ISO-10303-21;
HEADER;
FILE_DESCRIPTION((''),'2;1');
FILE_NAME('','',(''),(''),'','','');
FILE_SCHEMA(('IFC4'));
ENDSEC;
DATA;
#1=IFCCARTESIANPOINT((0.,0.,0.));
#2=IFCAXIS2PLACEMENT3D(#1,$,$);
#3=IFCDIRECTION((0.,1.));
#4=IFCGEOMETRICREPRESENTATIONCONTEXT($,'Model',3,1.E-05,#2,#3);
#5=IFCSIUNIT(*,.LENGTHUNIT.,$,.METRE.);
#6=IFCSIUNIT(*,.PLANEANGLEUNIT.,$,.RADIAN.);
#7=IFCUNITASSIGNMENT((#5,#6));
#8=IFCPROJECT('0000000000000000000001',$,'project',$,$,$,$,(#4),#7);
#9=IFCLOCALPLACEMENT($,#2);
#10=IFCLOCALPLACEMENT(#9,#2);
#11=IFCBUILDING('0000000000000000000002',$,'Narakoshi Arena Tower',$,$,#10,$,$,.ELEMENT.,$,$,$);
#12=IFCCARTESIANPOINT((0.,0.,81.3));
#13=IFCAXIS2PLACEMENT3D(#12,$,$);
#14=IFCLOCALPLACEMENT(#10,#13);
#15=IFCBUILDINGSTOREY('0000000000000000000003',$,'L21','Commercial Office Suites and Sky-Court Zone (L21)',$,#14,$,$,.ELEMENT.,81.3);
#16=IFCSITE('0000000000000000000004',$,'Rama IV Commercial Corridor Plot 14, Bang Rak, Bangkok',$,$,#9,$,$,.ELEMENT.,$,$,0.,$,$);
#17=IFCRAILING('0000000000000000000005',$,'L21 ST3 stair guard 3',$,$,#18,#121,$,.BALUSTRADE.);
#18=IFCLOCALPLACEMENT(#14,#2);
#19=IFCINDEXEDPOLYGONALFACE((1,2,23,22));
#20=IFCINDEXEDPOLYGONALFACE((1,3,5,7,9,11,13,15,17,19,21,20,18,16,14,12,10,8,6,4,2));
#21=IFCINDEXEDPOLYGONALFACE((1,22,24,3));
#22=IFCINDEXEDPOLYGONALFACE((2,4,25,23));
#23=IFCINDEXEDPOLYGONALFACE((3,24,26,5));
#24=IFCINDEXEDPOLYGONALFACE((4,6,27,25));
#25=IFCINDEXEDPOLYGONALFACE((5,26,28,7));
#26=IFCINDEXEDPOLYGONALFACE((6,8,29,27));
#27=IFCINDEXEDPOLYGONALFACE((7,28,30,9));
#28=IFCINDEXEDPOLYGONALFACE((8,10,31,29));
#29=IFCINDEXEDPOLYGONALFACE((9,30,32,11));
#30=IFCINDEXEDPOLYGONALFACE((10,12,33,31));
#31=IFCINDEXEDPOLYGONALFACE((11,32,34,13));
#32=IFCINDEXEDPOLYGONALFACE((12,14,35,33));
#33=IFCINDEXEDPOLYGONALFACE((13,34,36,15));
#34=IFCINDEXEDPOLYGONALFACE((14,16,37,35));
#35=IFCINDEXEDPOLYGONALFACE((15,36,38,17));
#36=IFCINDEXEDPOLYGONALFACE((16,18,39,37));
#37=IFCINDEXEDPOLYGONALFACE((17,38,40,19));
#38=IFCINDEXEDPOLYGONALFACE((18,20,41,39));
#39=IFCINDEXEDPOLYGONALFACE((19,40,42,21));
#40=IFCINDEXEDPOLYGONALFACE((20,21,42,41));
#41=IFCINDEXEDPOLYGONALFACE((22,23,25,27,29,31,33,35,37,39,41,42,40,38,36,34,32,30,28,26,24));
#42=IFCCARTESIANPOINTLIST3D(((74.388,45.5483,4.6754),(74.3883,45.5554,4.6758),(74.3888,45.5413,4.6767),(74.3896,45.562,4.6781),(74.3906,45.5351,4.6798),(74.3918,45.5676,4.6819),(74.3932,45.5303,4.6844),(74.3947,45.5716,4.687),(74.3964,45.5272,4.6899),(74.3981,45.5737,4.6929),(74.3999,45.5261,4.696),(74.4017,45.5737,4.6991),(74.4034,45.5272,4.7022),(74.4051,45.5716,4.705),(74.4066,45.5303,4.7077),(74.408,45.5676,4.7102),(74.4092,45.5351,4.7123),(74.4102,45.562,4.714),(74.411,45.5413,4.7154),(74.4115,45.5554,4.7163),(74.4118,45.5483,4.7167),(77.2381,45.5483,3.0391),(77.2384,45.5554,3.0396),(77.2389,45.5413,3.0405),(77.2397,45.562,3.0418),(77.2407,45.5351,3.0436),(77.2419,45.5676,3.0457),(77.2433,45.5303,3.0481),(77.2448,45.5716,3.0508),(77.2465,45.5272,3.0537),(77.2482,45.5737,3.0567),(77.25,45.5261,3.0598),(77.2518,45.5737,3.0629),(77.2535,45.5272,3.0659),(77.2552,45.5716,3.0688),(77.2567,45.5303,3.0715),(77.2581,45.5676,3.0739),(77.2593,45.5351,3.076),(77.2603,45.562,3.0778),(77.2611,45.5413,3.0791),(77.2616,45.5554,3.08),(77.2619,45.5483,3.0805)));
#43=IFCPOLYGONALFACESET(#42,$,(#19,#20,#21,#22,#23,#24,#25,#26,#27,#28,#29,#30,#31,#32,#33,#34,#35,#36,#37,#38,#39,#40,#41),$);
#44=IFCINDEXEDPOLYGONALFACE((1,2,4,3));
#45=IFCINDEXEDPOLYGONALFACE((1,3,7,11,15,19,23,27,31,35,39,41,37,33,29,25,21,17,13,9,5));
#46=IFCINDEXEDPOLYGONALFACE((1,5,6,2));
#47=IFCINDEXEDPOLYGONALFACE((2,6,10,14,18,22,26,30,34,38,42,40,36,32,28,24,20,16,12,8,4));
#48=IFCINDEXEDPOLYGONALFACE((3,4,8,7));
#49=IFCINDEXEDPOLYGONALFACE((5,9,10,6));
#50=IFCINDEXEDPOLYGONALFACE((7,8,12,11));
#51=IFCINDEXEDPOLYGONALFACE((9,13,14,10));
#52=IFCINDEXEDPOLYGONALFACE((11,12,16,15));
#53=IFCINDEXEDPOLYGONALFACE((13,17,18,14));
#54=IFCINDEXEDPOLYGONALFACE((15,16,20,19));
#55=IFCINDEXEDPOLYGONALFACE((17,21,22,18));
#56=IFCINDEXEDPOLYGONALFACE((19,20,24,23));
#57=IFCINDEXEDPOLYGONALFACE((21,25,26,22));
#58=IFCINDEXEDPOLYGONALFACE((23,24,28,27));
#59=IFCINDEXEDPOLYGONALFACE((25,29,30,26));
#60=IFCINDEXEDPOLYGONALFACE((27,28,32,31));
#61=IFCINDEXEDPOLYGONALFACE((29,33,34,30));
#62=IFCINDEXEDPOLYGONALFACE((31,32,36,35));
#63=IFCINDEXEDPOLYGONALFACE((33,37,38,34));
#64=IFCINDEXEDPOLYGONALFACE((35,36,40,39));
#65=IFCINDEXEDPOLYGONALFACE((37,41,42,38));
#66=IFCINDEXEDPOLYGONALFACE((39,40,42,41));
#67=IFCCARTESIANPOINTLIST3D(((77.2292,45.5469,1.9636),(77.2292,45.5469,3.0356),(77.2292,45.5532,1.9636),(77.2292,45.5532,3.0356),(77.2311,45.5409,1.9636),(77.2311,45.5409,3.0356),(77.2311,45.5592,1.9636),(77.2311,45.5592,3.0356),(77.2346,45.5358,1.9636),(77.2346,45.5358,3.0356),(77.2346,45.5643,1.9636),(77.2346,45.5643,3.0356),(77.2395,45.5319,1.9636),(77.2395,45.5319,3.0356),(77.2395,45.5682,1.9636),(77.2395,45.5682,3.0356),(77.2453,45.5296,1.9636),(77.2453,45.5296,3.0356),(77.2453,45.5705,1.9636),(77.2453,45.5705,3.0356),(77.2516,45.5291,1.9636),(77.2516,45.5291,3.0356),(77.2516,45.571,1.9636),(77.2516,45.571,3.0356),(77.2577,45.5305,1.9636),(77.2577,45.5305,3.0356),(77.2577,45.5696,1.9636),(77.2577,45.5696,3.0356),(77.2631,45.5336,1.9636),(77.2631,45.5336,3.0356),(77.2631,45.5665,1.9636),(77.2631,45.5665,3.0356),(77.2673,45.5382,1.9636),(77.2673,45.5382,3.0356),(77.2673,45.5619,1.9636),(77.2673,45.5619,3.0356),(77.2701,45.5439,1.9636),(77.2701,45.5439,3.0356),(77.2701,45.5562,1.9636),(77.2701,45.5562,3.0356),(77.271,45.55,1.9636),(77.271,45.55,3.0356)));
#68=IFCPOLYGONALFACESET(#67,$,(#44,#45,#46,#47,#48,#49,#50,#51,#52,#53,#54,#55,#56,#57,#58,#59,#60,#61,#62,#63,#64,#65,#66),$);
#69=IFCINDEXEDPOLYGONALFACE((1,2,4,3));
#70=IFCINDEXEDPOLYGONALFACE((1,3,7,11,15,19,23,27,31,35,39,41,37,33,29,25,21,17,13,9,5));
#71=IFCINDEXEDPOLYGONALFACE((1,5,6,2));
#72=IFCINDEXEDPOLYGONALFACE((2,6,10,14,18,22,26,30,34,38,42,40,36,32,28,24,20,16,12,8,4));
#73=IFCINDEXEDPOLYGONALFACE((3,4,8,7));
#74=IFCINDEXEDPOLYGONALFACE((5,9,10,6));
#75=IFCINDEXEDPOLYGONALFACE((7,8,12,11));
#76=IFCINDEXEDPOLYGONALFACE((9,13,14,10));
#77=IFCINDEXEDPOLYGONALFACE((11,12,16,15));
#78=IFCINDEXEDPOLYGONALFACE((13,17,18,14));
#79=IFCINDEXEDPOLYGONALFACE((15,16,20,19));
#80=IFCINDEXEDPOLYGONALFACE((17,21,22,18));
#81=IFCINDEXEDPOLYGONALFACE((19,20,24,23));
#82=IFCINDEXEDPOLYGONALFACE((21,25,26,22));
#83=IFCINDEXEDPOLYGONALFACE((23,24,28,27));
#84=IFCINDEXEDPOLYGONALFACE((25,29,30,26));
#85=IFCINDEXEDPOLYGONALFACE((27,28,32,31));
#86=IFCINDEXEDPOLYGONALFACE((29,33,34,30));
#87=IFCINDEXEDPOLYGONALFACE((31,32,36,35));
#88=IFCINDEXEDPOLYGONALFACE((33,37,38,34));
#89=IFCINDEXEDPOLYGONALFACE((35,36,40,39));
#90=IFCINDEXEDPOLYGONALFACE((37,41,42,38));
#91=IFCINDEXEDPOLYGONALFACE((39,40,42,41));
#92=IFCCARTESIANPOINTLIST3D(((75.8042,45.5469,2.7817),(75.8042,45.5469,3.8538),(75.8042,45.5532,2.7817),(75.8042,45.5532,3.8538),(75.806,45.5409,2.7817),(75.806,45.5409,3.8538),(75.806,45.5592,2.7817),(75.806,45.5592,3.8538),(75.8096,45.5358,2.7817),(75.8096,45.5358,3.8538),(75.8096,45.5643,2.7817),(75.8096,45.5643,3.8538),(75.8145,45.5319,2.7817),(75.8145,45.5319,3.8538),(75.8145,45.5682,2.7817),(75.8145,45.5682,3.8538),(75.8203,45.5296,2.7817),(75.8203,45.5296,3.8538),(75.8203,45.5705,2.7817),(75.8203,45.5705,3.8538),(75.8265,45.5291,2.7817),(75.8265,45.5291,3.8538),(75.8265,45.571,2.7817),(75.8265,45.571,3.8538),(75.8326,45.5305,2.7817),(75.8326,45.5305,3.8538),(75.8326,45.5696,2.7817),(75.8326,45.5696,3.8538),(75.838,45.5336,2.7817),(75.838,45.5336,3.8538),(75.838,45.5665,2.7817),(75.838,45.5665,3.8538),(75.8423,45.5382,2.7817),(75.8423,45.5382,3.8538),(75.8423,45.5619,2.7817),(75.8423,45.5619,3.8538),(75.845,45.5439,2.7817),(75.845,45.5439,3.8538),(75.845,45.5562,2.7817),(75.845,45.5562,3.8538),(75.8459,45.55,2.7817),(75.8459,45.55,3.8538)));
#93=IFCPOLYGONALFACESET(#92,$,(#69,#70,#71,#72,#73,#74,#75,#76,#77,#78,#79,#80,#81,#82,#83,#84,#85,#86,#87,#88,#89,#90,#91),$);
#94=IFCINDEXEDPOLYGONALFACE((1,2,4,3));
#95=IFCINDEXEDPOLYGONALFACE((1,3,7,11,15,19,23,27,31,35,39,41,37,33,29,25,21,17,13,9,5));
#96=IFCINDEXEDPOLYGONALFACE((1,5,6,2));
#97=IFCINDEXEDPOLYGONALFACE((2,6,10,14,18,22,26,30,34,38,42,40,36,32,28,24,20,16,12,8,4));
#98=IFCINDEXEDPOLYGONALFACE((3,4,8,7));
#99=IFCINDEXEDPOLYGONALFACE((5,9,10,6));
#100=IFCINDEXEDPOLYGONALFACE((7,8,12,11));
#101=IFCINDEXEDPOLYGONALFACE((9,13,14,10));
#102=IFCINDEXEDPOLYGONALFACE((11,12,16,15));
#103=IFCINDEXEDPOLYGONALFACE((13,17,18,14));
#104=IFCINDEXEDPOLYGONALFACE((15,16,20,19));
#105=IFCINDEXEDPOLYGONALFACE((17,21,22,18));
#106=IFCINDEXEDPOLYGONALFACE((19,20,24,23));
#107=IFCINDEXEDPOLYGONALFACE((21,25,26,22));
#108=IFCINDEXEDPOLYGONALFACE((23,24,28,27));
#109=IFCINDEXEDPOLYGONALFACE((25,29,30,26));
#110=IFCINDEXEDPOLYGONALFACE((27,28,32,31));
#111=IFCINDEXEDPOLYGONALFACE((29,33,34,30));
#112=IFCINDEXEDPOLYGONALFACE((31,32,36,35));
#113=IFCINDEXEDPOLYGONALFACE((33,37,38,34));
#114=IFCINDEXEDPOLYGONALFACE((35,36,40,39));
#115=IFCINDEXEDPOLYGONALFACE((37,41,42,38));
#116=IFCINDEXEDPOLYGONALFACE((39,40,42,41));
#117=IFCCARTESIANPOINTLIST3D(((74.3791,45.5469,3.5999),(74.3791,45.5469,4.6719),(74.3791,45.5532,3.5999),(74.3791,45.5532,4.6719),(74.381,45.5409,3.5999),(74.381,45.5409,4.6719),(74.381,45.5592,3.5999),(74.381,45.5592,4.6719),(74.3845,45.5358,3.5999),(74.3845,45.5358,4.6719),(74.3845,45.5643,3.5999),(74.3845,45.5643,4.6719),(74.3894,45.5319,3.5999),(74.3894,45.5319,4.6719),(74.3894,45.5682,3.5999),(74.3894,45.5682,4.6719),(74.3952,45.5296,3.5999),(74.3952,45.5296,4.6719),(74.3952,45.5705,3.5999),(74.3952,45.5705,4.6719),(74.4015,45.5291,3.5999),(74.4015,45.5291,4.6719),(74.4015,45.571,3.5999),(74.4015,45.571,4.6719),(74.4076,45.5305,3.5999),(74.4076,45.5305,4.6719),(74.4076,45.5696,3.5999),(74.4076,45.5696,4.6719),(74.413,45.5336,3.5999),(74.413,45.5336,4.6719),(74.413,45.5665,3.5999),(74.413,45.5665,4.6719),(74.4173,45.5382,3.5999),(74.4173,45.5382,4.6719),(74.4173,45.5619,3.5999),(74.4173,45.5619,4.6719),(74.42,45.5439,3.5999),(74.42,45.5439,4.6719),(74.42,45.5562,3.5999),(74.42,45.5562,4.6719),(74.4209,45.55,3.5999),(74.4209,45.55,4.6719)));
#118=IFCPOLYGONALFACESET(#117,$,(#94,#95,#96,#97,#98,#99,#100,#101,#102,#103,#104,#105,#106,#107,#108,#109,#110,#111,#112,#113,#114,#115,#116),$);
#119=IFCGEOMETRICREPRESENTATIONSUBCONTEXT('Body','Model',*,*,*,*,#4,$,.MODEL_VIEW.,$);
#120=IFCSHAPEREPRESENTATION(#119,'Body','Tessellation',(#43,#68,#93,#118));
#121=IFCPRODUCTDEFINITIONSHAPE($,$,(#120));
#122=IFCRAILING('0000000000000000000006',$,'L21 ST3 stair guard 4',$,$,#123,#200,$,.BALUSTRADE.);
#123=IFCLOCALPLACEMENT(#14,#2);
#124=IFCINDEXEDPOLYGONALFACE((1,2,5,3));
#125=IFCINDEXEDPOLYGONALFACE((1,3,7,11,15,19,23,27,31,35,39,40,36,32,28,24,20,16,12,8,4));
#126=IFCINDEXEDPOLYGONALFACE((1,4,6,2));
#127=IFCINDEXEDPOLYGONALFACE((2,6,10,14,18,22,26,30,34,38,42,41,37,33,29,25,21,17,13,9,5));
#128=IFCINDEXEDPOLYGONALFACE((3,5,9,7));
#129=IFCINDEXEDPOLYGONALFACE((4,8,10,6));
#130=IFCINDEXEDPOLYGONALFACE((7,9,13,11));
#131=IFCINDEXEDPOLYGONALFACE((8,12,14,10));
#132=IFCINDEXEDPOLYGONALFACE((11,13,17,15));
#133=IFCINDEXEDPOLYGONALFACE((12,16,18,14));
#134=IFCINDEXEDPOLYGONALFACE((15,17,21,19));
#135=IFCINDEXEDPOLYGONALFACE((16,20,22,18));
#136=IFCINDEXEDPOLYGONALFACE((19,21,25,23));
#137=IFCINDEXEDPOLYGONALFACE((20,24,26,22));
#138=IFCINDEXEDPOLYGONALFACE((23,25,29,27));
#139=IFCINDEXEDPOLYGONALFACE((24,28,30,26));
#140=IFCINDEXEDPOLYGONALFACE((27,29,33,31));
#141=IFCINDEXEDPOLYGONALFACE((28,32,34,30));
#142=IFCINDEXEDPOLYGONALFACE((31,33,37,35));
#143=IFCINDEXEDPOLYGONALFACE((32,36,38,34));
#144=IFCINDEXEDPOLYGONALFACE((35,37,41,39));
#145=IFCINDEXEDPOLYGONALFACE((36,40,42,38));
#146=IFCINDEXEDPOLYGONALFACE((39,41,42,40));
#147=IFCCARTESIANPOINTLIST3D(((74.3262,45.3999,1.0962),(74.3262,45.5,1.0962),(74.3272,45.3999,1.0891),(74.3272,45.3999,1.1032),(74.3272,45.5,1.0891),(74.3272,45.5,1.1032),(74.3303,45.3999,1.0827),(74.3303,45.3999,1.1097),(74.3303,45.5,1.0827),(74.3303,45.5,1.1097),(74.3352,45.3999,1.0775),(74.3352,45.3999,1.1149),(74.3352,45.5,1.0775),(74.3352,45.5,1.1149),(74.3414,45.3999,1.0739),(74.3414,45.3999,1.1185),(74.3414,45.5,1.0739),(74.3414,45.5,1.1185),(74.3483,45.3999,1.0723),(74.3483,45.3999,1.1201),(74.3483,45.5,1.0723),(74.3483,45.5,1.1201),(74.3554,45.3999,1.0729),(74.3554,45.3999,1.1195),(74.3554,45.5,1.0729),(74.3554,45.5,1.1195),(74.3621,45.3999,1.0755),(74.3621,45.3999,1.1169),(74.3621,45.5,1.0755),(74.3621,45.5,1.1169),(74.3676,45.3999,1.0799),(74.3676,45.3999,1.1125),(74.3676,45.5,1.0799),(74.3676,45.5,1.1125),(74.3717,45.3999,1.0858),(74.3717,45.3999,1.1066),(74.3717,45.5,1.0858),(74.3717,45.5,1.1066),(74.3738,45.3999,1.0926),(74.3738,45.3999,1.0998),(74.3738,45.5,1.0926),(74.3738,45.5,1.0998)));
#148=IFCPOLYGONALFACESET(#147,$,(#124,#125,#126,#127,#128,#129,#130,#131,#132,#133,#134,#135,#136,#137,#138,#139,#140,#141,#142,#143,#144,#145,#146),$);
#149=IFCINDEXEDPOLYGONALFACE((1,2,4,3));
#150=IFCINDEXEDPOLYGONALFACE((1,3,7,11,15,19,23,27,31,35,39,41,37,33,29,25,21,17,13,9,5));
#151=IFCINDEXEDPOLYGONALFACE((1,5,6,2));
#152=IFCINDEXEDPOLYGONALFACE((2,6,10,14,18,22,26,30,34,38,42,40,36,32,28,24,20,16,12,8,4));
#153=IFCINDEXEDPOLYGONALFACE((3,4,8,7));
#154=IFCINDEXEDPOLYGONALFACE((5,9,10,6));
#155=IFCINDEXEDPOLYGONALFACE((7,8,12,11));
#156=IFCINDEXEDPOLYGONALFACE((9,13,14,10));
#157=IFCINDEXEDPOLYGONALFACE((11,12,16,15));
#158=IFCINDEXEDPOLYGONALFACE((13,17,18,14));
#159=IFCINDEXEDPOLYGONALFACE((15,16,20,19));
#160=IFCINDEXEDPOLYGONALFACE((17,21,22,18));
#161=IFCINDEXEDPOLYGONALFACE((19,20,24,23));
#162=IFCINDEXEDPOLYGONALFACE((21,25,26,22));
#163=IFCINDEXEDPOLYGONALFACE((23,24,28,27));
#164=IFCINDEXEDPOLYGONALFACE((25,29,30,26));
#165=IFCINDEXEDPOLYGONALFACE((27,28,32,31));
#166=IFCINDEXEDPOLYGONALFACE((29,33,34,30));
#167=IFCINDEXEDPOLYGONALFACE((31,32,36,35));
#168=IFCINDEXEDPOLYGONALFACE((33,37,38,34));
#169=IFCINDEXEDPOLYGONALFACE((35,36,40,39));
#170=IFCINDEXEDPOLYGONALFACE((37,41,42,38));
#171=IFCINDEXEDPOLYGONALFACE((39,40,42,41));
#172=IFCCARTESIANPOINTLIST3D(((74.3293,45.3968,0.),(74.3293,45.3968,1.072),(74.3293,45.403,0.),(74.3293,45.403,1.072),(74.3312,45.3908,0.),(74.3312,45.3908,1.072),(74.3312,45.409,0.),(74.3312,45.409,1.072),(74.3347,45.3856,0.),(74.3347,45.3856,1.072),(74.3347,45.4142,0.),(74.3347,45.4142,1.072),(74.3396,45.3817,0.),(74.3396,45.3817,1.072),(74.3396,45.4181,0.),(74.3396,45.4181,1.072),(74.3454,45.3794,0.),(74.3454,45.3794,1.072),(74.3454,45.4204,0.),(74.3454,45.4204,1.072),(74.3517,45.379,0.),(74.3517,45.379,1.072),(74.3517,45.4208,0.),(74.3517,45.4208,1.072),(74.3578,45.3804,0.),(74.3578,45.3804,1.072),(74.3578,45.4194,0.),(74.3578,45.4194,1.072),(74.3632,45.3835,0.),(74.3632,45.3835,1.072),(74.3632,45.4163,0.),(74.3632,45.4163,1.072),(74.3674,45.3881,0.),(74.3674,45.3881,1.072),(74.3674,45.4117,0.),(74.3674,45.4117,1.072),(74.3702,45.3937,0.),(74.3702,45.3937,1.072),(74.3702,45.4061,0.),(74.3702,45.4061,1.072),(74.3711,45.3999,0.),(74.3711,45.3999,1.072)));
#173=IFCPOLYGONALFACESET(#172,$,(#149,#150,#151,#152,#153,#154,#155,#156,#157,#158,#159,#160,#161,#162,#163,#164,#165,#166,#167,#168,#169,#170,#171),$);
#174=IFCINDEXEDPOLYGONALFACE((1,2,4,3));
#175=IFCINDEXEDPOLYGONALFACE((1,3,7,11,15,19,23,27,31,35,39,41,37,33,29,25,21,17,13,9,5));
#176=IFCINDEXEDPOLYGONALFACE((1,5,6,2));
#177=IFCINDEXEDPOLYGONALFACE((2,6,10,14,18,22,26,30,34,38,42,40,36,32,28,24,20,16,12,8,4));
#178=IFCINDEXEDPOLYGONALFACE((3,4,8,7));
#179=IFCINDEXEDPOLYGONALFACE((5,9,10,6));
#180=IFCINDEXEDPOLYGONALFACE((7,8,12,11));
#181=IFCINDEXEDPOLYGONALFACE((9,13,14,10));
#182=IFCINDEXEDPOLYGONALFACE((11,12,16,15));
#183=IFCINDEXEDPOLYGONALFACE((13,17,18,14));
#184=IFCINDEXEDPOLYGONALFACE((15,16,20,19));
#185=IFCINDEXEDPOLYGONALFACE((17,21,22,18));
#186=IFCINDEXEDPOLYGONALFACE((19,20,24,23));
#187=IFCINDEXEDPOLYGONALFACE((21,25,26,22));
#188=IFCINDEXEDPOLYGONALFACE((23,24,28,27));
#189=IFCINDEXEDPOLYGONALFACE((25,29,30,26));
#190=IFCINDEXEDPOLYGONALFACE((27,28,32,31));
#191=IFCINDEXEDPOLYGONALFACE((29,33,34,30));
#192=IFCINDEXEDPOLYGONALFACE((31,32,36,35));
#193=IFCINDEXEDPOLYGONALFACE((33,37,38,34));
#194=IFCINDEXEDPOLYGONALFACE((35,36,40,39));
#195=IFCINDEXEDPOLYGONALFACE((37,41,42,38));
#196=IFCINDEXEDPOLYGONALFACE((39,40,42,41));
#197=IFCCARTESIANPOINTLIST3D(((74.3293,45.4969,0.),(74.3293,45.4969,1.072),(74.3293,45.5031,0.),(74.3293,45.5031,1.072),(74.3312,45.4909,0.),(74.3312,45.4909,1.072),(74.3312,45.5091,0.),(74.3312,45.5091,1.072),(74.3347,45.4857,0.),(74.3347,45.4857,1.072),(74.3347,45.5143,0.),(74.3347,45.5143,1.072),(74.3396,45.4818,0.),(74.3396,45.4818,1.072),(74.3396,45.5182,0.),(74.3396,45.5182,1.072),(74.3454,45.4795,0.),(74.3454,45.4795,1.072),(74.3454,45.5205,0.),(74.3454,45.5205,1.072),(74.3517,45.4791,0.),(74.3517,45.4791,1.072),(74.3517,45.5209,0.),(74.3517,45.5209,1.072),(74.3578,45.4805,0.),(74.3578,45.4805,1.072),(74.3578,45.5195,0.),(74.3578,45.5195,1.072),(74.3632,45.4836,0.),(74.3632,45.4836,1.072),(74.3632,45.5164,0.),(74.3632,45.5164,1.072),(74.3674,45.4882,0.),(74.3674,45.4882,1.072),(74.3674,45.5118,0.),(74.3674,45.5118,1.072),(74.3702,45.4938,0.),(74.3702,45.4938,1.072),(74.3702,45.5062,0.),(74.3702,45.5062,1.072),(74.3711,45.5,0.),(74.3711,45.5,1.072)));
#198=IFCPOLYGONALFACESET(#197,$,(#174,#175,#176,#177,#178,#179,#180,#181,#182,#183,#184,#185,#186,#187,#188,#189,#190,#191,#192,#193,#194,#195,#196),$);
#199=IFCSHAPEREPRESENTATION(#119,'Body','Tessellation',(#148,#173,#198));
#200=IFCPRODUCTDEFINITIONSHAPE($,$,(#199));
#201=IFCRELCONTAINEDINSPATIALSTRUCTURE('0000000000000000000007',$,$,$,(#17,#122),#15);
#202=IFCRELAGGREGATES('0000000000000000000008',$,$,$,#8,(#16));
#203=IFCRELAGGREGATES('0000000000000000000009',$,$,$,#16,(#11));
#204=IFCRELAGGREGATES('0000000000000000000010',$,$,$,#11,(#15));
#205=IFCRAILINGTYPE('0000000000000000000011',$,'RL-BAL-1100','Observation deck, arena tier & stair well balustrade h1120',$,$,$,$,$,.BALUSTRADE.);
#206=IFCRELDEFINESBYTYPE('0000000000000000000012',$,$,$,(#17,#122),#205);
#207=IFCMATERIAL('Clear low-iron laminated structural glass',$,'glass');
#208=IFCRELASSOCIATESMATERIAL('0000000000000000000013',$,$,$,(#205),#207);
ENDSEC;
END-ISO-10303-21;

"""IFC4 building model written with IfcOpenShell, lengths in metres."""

from ifc_helpers import new_model, si_unit, direction, frame, origin, origin_2d, place, context, subcontext, project, spatial, circle, extrude, material, type_object, element, save


model = new_model("IFC4")

# Units and contexts
model_context = context("Model", 3, precision=1e-05, world=origin(), true_north=direction((0.0, 1.0)))
body_context = subcontext(model_context, "Body", "Model", "MODEL_VIEW")
ifc_project = project(units=[si_unit("LENGTHUNIT", "METRE"), si_unit("PLANEANGLEUNIT", "RADIAN")], contexts=[model_context])

# Site, building, storey
site_placement = place(None, origin())
site = spatial("IfcSite", under=ifc_project, at=site_placement, Name="Rama IV Commercial Corridor Plot 14, Bang Rak, Bangkok", CompositionType="ELEMENT", RefElevation=0.0)
building_placement = place(site_placement, origin())
building = spatial("IfcBuilding", under=site, at=building_placement, Name="Narakoshi Arena Tower", CompositionType="ELEMENT")
storey_placement = place(building_placement, frame((0.0, 0.0, 81.3)))
storey = spatial("IfcBuildingStorey", under=building, at=storey_placement, Name="L21", Description="Commercial Office Suites and Sky-Court Zone (L21)", CompositionType="ELEMENT", Elevation=81.3)

# Railings
ifc_material_1 = material(Name="Clear low-iron laminated structural glass", Category="glass")
railing_type_1 = type_object("IfcRailingType", Name="RL-BAL-1100", Description="Observation deck, arena tier & stair well balustrade h1120", PredefinedType="BALUSTRADE", material=ifc_material_1)
railing_1_placement = place(storey_placement, frame((77.25, 45.55, 1.9636)))
element("IfcRailing", 1, at=railing_1_placement, inside=storey, type_object=railing_type_1, Name="L21 ST3 stair guard 3", PredefinedType="BALUSTRADE", context=body_context, shape_type="SweptSolid", body=[
    extrude(circle(Radius=0.0239, at=origin_2d()), frame((0.0, 0.0, 1.0962), z_axis=(-0.867245, 0.0, 0.497882), x_axis=(0.0, -1.0, 0.0)), (0.0, 0.0, 1.0), 3.2864),
    extrude(circle(Radius=0.021, at=origin_2d()), origin(), (0.0, 0.0, 1.0), 1.072),
    extrude(circle(Radius=0.021, at=origin_2d()), frame((-1.425, 0.0, 0.8181)), (0.0, 0.0, 1.0), 1.072),
    extrude(circle(Radius=0.021, at=origin_2d()), frame((-2.8501, 0.0, 1.6362)), (0.0, 0.0, 1.0), 1.072),
])
railing_2_placement = place(storey_placement, frame((74.3501, 45.3999, 0.0)))
element("IfcRailing", 2, at=railing_2_placement, inside=storey, type_object=railing_type_1, Name="L21 ST3 stair guard 4", PredefinedType="BALUSTRADE", context=body_context, shape_type="SweptSolid", body=[
    extrude(circle(Radius=0.0239, at=origin_2d()), frame((0.0, 0.0, 1.0962), z_axis=(0.0, 1.0, 0.0), x_axis=(-1.0, 0.0, 0.0)), (0.0, 0.0, 1.0), 0.1001),
    extrude(circle(Radius=0.021, at=origin_2d()), origin(), (0.0, 0.0, 1.0), 1.072),
    extrude(circle(Radius=0.021, at=origin_2d()), frame((0.0, 0.1001, 0.0)), (0.0, 0.0, 1.0), 1.072),
])

save(model, "model.ifc")
